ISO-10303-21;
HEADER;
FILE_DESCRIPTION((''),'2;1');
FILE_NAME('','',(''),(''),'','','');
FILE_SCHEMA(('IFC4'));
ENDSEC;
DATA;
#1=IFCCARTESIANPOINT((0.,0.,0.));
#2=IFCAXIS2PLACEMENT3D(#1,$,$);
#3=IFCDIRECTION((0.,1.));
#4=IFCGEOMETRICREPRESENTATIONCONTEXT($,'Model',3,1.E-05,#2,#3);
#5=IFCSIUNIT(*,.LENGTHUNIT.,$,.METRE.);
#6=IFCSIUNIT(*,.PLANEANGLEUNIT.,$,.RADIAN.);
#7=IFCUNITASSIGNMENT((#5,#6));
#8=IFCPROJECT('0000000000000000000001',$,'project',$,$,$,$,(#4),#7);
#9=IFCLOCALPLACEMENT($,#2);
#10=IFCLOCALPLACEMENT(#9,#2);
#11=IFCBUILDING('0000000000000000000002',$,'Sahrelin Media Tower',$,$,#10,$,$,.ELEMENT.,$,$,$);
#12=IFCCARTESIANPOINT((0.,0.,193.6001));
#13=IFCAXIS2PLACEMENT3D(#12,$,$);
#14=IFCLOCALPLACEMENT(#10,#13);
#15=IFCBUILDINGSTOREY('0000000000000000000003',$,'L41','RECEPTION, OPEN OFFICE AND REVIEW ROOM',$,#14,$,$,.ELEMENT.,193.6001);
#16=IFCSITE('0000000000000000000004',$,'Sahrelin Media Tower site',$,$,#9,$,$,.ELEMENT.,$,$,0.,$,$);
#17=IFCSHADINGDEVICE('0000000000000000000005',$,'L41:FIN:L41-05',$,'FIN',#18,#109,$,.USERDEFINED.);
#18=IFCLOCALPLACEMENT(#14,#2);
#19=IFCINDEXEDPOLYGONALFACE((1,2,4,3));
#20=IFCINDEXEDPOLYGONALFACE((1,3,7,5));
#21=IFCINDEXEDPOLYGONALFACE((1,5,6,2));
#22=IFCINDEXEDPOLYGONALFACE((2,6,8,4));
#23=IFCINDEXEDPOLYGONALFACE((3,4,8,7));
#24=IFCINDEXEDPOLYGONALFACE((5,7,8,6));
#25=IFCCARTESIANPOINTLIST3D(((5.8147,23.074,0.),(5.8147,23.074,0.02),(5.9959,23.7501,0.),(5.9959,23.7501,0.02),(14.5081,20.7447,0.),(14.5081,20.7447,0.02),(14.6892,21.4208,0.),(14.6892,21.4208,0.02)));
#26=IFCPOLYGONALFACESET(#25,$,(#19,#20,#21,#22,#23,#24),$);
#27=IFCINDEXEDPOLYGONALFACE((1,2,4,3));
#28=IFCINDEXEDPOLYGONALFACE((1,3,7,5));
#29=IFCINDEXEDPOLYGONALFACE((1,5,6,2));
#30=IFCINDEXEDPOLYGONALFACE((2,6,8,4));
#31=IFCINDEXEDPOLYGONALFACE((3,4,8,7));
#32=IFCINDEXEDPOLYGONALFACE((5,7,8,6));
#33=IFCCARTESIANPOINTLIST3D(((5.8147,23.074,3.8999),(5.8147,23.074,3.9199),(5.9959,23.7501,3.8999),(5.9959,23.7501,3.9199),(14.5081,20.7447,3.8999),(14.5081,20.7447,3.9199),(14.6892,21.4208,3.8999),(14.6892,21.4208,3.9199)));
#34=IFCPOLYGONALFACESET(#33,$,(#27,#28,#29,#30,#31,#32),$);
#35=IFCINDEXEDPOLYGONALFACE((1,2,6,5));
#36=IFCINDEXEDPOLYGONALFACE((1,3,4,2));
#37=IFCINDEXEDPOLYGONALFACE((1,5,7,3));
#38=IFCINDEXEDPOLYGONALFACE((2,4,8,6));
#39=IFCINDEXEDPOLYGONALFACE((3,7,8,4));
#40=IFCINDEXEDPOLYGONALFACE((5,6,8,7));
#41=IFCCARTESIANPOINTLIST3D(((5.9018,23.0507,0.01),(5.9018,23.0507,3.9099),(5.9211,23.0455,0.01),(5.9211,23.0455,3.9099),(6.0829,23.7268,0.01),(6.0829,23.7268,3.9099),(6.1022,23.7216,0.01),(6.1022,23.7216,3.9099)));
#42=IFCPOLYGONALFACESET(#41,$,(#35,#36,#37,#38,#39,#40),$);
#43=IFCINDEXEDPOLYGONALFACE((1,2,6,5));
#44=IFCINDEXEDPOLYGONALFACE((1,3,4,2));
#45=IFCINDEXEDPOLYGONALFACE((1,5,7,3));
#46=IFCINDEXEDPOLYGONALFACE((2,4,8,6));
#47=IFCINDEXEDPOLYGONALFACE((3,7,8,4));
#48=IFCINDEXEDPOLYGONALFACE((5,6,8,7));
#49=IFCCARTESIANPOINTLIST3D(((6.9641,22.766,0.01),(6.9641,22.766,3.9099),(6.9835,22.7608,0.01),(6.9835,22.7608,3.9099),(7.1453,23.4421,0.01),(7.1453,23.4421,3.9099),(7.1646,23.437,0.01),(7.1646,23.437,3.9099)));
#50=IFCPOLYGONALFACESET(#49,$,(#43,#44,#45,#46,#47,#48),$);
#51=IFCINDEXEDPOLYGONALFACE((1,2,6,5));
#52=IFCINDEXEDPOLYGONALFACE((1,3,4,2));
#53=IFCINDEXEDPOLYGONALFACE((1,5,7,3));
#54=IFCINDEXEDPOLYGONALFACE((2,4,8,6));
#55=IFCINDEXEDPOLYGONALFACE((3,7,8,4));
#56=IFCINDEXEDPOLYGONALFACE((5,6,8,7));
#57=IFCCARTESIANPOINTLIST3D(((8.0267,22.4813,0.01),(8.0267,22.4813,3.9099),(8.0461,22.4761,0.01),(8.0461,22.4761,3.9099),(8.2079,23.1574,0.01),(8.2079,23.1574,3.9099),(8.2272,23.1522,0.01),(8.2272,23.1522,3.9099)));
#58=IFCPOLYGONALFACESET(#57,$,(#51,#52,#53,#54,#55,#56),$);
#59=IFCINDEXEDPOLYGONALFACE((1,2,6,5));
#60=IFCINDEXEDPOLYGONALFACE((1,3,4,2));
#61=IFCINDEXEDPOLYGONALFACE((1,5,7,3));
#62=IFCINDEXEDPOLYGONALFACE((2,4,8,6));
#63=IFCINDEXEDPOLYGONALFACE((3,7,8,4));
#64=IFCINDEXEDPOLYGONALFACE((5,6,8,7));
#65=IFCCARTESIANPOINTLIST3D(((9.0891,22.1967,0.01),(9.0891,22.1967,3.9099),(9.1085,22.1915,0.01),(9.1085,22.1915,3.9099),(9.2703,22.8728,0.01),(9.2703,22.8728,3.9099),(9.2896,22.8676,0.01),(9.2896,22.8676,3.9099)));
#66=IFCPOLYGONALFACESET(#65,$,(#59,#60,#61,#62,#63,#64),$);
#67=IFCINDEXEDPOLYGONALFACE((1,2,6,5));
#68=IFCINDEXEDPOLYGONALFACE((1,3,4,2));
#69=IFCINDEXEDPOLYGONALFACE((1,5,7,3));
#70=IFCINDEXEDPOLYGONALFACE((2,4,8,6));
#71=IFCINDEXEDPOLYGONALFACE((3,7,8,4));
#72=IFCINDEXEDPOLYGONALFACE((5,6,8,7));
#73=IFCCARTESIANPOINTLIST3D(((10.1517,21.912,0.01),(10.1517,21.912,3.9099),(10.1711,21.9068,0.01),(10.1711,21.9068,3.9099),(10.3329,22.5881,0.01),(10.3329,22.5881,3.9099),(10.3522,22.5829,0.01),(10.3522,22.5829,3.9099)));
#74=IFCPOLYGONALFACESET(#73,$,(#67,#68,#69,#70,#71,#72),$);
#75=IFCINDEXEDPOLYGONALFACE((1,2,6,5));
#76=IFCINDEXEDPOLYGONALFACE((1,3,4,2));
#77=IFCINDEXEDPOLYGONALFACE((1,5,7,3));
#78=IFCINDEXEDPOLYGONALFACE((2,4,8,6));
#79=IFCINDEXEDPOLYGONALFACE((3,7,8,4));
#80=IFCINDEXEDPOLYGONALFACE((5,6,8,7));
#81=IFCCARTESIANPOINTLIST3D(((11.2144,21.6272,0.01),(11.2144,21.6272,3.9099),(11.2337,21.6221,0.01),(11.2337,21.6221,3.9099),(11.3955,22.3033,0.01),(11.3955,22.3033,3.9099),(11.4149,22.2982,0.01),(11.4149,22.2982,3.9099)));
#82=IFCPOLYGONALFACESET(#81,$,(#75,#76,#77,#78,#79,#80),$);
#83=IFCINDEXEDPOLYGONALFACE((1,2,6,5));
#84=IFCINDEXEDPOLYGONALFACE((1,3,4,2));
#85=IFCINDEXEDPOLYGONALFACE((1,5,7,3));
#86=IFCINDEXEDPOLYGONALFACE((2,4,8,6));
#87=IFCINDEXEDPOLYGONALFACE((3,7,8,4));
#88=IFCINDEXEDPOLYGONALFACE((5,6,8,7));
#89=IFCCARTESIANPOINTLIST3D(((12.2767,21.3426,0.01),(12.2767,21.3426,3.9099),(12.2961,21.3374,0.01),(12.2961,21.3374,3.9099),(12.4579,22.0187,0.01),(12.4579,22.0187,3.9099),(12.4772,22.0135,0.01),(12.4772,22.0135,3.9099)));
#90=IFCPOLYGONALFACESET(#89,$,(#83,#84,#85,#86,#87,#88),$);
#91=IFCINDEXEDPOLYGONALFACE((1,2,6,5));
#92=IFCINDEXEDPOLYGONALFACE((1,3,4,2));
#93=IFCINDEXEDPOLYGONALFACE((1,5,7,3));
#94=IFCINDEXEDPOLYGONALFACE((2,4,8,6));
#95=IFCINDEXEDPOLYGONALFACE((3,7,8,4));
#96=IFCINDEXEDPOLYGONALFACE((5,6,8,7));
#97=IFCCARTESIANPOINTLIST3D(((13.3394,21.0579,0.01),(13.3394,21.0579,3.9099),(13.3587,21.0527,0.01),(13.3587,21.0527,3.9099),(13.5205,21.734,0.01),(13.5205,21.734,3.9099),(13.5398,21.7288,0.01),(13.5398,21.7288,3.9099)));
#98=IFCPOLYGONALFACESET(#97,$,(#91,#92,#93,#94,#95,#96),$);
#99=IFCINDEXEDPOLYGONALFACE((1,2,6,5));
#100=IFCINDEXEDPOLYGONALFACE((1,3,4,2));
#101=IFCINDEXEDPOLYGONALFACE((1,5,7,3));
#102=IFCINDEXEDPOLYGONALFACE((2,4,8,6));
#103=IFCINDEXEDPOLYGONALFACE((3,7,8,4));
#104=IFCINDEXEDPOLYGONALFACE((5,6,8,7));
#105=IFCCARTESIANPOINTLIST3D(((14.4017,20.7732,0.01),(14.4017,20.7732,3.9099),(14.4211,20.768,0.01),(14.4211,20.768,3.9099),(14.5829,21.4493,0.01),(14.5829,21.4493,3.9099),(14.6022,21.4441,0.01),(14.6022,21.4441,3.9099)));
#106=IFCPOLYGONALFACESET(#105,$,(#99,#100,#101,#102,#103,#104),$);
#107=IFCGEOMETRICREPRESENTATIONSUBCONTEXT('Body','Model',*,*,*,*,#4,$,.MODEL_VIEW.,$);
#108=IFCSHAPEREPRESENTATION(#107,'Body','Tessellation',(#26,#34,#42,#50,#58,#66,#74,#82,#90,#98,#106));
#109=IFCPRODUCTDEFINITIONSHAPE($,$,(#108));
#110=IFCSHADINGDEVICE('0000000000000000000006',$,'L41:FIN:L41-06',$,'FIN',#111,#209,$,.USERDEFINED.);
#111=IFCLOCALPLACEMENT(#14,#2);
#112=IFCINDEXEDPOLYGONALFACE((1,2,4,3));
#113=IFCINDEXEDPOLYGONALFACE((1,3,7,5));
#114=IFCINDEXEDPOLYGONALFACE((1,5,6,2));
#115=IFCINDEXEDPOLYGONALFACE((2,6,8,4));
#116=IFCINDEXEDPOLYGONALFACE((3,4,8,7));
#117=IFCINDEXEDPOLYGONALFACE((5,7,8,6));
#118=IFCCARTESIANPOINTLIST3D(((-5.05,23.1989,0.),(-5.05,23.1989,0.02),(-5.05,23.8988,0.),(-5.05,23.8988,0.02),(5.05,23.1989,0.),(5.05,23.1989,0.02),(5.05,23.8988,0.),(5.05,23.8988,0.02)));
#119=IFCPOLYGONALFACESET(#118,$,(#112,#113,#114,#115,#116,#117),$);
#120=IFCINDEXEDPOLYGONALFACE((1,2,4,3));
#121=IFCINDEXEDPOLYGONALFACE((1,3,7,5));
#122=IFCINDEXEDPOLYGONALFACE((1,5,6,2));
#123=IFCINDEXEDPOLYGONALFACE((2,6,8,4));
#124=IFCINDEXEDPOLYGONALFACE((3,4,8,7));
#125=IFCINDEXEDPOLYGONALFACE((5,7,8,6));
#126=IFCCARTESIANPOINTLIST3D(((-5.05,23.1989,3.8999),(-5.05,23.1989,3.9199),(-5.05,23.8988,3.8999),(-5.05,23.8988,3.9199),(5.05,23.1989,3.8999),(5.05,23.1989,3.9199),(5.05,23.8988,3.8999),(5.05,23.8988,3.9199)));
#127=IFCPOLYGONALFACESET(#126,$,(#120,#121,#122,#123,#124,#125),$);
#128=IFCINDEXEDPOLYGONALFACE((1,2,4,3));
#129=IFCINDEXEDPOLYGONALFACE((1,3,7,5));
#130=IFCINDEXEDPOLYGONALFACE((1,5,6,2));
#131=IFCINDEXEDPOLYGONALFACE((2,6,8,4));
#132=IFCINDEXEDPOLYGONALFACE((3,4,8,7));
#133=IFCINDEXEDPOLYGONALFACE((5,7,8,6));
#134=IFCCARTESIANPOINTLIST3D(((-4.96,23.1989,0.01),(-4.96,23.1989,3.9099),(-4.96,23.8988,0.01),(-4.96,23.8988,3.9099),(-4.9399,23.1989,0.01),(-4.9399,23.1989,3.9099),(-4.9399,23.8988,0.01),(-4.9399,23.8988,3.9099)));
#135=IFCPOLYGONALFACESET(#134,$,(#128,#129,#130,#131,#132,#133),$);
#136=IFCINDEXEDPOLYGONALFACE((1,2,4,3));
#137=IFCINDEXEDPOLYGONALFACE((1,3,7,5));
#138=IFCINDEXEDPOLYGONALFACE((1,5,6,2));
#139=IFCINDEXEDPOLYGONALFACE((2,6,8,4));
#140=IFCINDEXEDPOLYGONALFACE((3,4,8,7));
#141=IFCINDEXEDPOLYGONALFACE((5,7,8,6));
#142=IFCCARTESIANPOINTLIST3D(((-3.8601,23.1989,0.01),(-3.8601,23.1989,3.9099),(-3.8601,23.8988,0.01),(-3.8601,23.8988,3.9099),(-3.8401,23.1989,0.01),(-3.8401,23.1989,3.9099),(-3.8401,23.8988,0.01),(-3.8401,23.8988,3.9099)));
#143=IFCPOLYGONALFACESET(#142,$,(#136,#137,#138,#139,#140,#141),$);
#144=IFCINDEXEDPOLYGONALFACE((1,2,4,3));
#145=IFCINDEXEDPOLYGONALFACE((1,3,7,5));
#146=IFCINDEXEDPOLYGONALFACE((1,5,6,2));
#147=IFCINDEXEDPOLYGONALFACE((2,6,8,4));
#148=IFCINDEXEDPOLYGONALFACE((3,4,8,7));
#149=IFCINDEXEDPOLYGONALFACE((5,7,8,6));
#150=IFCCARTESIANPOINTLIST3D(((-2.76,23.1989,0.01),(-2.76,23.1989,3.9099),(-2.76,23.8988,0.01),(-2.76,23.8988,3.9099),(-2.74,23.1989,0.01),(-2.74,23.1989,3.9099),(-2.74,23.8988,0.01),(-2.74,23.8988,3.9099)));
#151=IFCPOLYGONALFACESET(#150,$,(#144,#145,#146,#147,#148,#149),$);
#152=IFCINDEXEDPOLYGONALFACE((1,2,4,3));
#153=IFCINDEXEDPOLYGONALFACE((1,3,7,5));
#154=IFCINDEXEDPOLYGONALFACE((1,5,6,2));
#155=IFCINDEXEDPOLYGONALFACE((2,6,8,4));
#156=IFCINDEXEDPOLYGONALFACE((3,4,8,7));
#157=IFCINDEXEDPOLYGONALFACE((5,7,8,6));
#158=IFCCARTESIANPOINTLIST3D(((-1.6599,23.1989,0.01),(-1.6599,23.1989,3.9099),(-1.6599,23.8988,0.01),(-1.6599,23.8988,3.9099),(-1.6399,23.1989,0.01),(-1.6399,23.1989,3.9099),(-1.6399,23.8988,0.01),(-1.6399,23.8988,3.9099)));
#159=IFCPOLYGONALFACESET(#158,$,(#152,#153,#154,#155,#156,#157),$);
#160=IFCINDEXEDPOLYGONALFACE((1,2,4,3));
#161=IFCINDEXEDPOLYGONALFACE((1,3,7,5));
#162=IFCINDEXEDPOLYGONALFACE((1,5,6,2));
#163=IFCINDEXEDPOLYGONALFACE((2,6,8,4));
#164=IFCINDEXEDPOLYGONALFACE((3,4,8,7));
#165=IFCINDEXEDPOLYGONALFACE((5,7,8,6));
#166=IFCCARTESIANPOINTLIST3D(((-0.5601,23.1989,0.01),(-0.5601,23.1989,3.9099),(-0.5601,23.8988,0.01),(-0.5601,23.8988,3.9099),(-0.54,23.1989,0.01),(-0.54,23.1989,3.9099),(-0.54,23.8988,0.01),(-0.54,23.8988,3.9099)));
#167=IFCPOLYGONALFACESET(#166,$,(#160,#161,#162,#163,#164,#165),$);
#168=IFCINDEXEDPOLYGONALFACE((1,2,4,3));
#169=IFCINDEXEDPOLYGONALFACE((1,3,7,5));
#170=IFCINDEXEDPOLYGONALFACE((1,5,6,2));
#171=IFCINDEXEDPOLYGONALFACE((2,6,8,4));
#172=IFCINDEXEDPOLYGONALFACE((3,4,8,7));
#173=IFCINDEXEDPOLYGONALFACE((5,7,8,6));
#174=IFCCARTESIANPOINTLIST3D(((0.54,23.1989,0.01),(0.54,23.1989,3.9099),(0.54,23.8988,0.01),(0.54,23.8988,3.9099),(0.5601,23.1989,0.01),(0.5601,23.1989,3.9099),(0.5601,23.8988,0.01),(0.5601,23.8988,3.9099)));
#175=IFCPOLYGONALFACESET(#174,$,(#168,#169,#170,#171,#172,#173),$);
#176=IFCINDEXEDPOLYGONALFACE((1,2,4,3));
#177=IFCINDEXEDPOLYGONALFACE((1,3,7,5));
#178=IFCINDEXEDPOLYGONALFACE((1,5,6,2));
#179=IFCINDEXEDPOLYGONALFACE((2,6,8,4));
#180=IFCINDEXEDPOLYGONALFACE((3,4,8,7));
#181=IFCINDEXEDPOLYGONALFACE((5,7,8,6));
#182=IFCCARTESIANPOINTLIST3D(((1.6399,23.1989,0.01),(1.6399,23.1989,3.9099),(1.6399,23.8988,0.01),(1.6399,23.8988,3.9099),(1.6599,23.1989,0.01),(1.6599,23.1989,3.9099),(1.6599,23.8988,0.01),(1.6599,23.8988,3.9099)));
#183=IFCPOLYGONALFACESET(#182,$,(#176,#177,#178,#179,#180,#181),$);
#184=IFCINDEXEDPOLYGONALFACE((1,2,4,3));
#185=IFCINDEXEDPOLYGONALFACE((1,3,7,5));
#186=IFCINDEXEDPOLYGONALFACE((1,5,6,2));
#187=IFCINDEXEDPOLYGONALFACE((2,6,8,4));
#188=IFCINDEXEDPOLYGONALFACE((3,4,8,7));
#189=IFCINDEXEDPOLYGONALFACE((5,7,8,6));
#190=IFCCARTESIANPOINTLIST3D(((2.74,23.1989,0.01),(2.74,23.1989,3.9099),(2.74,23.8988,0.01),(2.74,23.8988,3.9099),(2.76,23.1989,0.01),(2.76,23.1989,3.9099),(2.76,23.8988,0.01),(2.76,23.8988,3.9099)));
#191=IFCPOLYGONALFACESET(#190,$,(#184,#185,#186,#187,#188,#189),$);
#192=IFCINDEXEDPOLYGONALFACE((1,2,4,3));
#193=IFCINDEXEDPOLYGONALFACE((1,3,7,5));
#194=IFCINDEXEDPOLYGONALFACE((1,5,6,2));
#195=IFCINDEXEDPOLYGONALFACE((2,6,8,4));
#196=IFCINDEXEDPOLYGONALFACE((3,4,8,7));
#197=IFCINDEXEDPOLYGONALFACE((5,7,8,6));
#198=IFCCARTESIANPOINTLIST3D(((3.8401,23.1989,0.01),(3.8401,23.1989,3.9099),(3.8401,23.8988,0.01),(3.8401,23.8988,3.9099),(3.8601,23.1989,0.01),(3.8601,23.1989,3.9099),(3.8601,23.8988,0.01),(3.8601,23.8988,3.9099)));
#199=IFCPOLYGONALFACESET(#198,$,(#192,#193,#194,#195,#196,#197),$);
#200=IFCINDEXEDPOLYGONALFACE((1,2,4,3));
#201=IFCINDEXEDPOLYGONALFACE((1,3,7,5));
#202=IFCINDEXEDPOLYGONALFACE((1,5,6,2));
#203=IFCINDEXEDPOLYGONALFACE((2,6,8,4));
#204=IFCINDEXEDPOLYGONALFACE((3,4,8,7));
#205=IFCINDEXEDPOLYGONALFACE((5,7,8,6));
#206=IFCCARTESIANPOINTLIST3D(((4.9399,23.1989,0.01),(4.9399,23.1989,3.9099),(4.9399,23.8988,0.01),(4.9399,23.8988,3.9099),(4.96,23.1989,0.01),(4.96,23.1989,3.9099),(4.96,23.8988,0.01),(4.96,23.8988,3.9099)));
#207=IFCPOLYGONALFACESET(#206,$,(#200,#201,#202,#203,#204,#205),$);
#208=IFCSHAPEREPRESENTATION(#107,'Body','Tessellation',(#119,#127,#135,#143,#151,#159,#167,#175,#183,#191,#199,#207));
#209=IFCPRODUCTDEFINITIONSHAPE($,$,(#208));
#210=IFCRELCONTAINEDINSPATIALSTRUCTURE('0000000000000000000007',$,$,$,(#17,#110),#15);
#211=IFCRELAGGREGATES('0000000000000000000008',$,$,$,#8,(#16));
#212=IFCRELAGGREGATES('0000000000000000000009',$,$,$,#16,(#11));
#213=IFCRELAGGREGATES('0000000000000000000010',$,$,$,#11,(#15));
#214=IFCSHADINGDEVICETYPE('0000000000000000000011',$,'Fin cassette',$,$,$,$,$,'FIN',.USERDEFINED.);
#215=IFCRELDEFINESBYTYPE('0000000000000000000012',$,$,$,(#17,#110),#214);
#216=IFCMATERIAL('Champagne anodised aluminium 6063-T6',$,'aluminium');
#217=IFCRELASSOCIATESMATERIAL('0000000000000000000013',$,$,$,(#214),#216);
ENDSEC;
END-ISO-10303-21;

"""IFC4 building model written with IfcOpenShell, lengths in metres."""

from ifc_helpers import new_model, si_unit, direction, frame, origin, origin_2d, place, context, subcontext, project, spatial, rectangle, extrude, material, type_object, element, save


model = new_model("IFC4")

# Units and contexts
model_context = context("Model", 3, precision=1e-05, world=origin(), true_north=direction((0.0, 1.0)))
body_context = subcontext(model_context, "Body", "Model", "MODEL_VIEW")
ifc_project = project(units=[si_unit("LENGTHUNIT", "METRE"), si_unit("PLANEANGLEUNIT", "RADIAN")], contexts=[model_context])

# Site, building, storey
site_placement = place(None, origin())
site = spatial("IfcSite", under=ifc_project, at=site_placement, Name="Sahrelin Media Tower site", CompositionType="ELEMENT", RefElevation=0.0)
building_placement = place(site_placement, origin())
building = spatial("IfcBuilding", under=site, at=building_placement, Name="Sahrelin Media Tower", CompositionType="ELEMENT")
storey_placement = place(building_placement, frame((0.0, 0.0, 193.6001)))
storey = spatial("IfcBuildingStorey", under=building, at=storey_placement, Name="L41", Description="RECEPTION, OPEN OFFICE AND REVIEW ROOM", CompositionType="ELEMENT", Elevation=193.6001)

# Shared definitions
ifc_material_1 = material(Name="Champagne anodised aluminium 6063-T6", Category="aluminium")
placement_1 = place(storey_placement, frame((0.0, 23.1289, 0.0), z_axis=(0.0, 0.0, 1.0), x_axis=(1.0, 0.0, 0.0)))

# Shading devices
shading_device_type_1 = type_object("IfcShadingDeviceType", Name="Fin cassette", ElementType="FIN", PredefinedType="USERDEFINED", material=ifc_material_1)
placement_2 = place(storey_placement, frame((10.1433, 21.8418, 0.0), z_axis=(0.0, 0.0, 1.0), x_axis=(0.965929, -0.258808, 0.0)))
element("IfcShadingDevice", 1, at=placement_2, inside=storey, type_object=shading_device_type_1, Name="L41:FIN:L41-05", ObjectType="FIN", PredefinedType="USERDEFINED", context=body_context, shape_type="SweptSolid", body=[
    extrude(rectangle(XDim=9.0, YDim=0.7, at=origin_2d()), frame((0.0, 0.4199, 0.0)), (0.0, 0.0, 1.0), 0.02),
    extrude(rectangle(XDim=9.0, YDim=0.7, at=origin_2d()), frame((0.0, 0.4199, 3.8999)), (0.0, 0.0, 1.0), 0.02),
    extrude(rectangle(XDim=0.02, YDim=0.7, at=origin_2d()), frame((-4.3999, 0.4199, 0.01), z_axis=(0.0, 0.0, 1.0), x_axis=(1.0, 0.0, 0.0)), (0.0, 0.0, 1.0), 3.8999),
    extrude(rectangle(XDim=0.02, YDim=0.7, at=origin_2d()), frame((-3.3, 0.4199, 0.01), z_axis=(0.0, 0.0, 1.0), x_axis=(1.0, 0.0, 0.0)), (0.0, 0.0, 1.0), 3.8999),
    extrude(rectangle(XDim=0.02, YDim=0.7, at=origin_2d()), frame((-2.2, 0.4199, 0.01), z_axis=(0.0, 0.0, 1.0), x_axis=(1.0, 0.0, 0.0)), (0.0, 0.0, 1.0), 3.8999),
    extrude(rectangle(XDim=0.02, YDim=0.7, at=origin_2d()), frame((-1.1001, 0.4199, 0.01), z_axis=(0.0, 0.0, 1.0), x_axis=(1.0, 0.0, 0.0)), (0.0, 0.0, 1.0), 3.8999),
    extrude(rectangle(XDim=0.02, YDim=0.7, at=origin_2d()), frame((0.0, 0.4199, 0.01), z_axis=(0.0, 0.0, 1.0), x_axis=(1.0, 0.0, 0.0)), (0.0, 0.0, 1.0), 3.8999),
    extrude(rectangle(XDim=0.02, YDim=0.7, at=origin_2d()), frame((1.1001, 0.4199, 0.01), z_axis=(0.0, 0.0, 1.0), x_axis=(1.0, 0.0, 0.0)), (0.0, 0.0, 1.0), 3.8999),
    extrude(rectangle(XDim=0.02, YDim=0.7, at=origin_2d()), frame((2.2, 0.4199, 0.01), z_axis=(0.0, 0.0, 1.0), x_axis=(1.0, 0.0, 0.0)), (0.0, 0.0, 1.0), 3.8999),
    extrude(rectangle(XDim=0.02, YDim=0.7, at=origin_2d()), frame((3.3, 0.4199, 0.01), z_axis=(0.0, 0.0, 1.0), x_axis=(1.0, 0.0, 0.0)), (0.0, 0.0, 1.0), 3.8999),
    extrude(rectangle(XDim=0.02, YDim=0.7, at=origin_2d()), frame((4.3999, 0.4199, 0.01), z_axis=(0.0, 0.0, 1.0), x_axis=(1.0, 0.0, 0.0)), (0.0, 0.0, 1.0), 3.8999),
])
element("IfcShadingDevice", 2, at=placement_1, inside=storey, type_object=shading_device_type_1, Name="L41:FIN:L41-06", ObjectType="FIN", PredefinedType="USERDEFINED", context=body_context, shape_type="SweptSolid", body=[
    extrude(rectangle(XDim=10.1001, YDim=0.7, at=origin_2d()), frame((0.0, 0.4199, 0.0)), (0.0, 0.0, 1.0), 0.02),
    extrude(rectangle(XDim=10.1001, YDim=0.7, at=origin_2d()), frame((0.0, 0.4199, 3.8999)), (0.0, 0.0, 1.0), 0.02),
    extrude(rectangle(XDim=0.02, YDim=0.7, at=origin_2d()), frame((-4.95, 0.4199, 0.01), z_axis=(0.0, 0.0, 1.0), x_axis=(1.0, 0.0, 0.0)), (0.0, 0.0, 1.0), 3.8999),
    extrude(rectangle(XDim=0.02, YDim=0.7, at=origin_2d()), frame((-3.8501, 0.4199, 0.01), z_axis=(0.0, 0.0, 1.0), x_axis=(1.0, 0.0, 0.0)), (0.0, 0.0, 1.0), 3.8999),
    extrude(rectangle(XDim=0.02, YDim=0.7, at=origin_2d()), frame((-2.75, 0.4199, 0.01), z_axis=(0.0, 0.0, 1.0), x_axis=(1.0, 0.0, 0.0)), (0.0, 0.0, 1.0), 3.8999),
    extrude(rectangle(XDim=0.02, YDim=0.7, at=origin_2d()), frame((-1.6499, 0.4199, 0.01), z_axis=(0.0, 0.0, 1.0), x_axis=(1.0, 0.0, 0.0)), (0.0, 0.0, 1.0), 3.8999),
    extrude(rectangle(XDim=0.02, YDim=0.7, at=origin_2d()), frame((-0.55, 0.4199, 0.01), z_axis=(0.0, 0.0, 1.0), x_axis=(1.0, 0.0, 0.0)), (0.0, 0.0, 1.0), 3.8999),
    extrude(rectangle(XDim=0.02, YDim=0.7, at=origin_2d()), frame((0.55, 0.4199, 0.01), z_axis=(0.0, 0.0, 1.0), x_axis=(1.0, 0.0, 0.0)), (0.0, 0.0, 1.0), 3.8999),
    extrude(rectangle(XDim=0.02, YDim=0.7, at=origin_2d()), frame((1.6499, 0.4199, 0.01), z_axis=(0.0, 0.0, 1.0), x_axis=(1.0, 0.0, 0.0)), (0.0, 0.0, 1.0), 3.8999),
    extrude(rectangle(XDim=0.02, YDim=0.7, at=origin_2d()), frame((2.75, 0.4199, 0.01), z_axis=(0.0, 0.0, 1.0), x_axis=(1.0, 0.0, 0.0)), (0.0, 0.0, 1.0), 3.8999),
    extrude(rectangle(XDim=0.02, YDim=0.7, at=origin_2d()), frame((3.8501, 0.4199, 0.01), z_axis=(0.0, 0.0, 1.0), x_axis=(1.0, 0.0, 0.0)), (0.0, 0.0, 1.0), 3.8999),
    extrude(rectangle(XDim=0.02, YDim=0.7, at=origin_2d()), frame((4.95, 0.4199, 0.01), z_axis=(0.0, 0.0, 1.0), x_axis=(1.0, 0.0, 0.0)), (0.0, 0.0, 1.0), 3.8999),
])

save(model, "model.ifc")
